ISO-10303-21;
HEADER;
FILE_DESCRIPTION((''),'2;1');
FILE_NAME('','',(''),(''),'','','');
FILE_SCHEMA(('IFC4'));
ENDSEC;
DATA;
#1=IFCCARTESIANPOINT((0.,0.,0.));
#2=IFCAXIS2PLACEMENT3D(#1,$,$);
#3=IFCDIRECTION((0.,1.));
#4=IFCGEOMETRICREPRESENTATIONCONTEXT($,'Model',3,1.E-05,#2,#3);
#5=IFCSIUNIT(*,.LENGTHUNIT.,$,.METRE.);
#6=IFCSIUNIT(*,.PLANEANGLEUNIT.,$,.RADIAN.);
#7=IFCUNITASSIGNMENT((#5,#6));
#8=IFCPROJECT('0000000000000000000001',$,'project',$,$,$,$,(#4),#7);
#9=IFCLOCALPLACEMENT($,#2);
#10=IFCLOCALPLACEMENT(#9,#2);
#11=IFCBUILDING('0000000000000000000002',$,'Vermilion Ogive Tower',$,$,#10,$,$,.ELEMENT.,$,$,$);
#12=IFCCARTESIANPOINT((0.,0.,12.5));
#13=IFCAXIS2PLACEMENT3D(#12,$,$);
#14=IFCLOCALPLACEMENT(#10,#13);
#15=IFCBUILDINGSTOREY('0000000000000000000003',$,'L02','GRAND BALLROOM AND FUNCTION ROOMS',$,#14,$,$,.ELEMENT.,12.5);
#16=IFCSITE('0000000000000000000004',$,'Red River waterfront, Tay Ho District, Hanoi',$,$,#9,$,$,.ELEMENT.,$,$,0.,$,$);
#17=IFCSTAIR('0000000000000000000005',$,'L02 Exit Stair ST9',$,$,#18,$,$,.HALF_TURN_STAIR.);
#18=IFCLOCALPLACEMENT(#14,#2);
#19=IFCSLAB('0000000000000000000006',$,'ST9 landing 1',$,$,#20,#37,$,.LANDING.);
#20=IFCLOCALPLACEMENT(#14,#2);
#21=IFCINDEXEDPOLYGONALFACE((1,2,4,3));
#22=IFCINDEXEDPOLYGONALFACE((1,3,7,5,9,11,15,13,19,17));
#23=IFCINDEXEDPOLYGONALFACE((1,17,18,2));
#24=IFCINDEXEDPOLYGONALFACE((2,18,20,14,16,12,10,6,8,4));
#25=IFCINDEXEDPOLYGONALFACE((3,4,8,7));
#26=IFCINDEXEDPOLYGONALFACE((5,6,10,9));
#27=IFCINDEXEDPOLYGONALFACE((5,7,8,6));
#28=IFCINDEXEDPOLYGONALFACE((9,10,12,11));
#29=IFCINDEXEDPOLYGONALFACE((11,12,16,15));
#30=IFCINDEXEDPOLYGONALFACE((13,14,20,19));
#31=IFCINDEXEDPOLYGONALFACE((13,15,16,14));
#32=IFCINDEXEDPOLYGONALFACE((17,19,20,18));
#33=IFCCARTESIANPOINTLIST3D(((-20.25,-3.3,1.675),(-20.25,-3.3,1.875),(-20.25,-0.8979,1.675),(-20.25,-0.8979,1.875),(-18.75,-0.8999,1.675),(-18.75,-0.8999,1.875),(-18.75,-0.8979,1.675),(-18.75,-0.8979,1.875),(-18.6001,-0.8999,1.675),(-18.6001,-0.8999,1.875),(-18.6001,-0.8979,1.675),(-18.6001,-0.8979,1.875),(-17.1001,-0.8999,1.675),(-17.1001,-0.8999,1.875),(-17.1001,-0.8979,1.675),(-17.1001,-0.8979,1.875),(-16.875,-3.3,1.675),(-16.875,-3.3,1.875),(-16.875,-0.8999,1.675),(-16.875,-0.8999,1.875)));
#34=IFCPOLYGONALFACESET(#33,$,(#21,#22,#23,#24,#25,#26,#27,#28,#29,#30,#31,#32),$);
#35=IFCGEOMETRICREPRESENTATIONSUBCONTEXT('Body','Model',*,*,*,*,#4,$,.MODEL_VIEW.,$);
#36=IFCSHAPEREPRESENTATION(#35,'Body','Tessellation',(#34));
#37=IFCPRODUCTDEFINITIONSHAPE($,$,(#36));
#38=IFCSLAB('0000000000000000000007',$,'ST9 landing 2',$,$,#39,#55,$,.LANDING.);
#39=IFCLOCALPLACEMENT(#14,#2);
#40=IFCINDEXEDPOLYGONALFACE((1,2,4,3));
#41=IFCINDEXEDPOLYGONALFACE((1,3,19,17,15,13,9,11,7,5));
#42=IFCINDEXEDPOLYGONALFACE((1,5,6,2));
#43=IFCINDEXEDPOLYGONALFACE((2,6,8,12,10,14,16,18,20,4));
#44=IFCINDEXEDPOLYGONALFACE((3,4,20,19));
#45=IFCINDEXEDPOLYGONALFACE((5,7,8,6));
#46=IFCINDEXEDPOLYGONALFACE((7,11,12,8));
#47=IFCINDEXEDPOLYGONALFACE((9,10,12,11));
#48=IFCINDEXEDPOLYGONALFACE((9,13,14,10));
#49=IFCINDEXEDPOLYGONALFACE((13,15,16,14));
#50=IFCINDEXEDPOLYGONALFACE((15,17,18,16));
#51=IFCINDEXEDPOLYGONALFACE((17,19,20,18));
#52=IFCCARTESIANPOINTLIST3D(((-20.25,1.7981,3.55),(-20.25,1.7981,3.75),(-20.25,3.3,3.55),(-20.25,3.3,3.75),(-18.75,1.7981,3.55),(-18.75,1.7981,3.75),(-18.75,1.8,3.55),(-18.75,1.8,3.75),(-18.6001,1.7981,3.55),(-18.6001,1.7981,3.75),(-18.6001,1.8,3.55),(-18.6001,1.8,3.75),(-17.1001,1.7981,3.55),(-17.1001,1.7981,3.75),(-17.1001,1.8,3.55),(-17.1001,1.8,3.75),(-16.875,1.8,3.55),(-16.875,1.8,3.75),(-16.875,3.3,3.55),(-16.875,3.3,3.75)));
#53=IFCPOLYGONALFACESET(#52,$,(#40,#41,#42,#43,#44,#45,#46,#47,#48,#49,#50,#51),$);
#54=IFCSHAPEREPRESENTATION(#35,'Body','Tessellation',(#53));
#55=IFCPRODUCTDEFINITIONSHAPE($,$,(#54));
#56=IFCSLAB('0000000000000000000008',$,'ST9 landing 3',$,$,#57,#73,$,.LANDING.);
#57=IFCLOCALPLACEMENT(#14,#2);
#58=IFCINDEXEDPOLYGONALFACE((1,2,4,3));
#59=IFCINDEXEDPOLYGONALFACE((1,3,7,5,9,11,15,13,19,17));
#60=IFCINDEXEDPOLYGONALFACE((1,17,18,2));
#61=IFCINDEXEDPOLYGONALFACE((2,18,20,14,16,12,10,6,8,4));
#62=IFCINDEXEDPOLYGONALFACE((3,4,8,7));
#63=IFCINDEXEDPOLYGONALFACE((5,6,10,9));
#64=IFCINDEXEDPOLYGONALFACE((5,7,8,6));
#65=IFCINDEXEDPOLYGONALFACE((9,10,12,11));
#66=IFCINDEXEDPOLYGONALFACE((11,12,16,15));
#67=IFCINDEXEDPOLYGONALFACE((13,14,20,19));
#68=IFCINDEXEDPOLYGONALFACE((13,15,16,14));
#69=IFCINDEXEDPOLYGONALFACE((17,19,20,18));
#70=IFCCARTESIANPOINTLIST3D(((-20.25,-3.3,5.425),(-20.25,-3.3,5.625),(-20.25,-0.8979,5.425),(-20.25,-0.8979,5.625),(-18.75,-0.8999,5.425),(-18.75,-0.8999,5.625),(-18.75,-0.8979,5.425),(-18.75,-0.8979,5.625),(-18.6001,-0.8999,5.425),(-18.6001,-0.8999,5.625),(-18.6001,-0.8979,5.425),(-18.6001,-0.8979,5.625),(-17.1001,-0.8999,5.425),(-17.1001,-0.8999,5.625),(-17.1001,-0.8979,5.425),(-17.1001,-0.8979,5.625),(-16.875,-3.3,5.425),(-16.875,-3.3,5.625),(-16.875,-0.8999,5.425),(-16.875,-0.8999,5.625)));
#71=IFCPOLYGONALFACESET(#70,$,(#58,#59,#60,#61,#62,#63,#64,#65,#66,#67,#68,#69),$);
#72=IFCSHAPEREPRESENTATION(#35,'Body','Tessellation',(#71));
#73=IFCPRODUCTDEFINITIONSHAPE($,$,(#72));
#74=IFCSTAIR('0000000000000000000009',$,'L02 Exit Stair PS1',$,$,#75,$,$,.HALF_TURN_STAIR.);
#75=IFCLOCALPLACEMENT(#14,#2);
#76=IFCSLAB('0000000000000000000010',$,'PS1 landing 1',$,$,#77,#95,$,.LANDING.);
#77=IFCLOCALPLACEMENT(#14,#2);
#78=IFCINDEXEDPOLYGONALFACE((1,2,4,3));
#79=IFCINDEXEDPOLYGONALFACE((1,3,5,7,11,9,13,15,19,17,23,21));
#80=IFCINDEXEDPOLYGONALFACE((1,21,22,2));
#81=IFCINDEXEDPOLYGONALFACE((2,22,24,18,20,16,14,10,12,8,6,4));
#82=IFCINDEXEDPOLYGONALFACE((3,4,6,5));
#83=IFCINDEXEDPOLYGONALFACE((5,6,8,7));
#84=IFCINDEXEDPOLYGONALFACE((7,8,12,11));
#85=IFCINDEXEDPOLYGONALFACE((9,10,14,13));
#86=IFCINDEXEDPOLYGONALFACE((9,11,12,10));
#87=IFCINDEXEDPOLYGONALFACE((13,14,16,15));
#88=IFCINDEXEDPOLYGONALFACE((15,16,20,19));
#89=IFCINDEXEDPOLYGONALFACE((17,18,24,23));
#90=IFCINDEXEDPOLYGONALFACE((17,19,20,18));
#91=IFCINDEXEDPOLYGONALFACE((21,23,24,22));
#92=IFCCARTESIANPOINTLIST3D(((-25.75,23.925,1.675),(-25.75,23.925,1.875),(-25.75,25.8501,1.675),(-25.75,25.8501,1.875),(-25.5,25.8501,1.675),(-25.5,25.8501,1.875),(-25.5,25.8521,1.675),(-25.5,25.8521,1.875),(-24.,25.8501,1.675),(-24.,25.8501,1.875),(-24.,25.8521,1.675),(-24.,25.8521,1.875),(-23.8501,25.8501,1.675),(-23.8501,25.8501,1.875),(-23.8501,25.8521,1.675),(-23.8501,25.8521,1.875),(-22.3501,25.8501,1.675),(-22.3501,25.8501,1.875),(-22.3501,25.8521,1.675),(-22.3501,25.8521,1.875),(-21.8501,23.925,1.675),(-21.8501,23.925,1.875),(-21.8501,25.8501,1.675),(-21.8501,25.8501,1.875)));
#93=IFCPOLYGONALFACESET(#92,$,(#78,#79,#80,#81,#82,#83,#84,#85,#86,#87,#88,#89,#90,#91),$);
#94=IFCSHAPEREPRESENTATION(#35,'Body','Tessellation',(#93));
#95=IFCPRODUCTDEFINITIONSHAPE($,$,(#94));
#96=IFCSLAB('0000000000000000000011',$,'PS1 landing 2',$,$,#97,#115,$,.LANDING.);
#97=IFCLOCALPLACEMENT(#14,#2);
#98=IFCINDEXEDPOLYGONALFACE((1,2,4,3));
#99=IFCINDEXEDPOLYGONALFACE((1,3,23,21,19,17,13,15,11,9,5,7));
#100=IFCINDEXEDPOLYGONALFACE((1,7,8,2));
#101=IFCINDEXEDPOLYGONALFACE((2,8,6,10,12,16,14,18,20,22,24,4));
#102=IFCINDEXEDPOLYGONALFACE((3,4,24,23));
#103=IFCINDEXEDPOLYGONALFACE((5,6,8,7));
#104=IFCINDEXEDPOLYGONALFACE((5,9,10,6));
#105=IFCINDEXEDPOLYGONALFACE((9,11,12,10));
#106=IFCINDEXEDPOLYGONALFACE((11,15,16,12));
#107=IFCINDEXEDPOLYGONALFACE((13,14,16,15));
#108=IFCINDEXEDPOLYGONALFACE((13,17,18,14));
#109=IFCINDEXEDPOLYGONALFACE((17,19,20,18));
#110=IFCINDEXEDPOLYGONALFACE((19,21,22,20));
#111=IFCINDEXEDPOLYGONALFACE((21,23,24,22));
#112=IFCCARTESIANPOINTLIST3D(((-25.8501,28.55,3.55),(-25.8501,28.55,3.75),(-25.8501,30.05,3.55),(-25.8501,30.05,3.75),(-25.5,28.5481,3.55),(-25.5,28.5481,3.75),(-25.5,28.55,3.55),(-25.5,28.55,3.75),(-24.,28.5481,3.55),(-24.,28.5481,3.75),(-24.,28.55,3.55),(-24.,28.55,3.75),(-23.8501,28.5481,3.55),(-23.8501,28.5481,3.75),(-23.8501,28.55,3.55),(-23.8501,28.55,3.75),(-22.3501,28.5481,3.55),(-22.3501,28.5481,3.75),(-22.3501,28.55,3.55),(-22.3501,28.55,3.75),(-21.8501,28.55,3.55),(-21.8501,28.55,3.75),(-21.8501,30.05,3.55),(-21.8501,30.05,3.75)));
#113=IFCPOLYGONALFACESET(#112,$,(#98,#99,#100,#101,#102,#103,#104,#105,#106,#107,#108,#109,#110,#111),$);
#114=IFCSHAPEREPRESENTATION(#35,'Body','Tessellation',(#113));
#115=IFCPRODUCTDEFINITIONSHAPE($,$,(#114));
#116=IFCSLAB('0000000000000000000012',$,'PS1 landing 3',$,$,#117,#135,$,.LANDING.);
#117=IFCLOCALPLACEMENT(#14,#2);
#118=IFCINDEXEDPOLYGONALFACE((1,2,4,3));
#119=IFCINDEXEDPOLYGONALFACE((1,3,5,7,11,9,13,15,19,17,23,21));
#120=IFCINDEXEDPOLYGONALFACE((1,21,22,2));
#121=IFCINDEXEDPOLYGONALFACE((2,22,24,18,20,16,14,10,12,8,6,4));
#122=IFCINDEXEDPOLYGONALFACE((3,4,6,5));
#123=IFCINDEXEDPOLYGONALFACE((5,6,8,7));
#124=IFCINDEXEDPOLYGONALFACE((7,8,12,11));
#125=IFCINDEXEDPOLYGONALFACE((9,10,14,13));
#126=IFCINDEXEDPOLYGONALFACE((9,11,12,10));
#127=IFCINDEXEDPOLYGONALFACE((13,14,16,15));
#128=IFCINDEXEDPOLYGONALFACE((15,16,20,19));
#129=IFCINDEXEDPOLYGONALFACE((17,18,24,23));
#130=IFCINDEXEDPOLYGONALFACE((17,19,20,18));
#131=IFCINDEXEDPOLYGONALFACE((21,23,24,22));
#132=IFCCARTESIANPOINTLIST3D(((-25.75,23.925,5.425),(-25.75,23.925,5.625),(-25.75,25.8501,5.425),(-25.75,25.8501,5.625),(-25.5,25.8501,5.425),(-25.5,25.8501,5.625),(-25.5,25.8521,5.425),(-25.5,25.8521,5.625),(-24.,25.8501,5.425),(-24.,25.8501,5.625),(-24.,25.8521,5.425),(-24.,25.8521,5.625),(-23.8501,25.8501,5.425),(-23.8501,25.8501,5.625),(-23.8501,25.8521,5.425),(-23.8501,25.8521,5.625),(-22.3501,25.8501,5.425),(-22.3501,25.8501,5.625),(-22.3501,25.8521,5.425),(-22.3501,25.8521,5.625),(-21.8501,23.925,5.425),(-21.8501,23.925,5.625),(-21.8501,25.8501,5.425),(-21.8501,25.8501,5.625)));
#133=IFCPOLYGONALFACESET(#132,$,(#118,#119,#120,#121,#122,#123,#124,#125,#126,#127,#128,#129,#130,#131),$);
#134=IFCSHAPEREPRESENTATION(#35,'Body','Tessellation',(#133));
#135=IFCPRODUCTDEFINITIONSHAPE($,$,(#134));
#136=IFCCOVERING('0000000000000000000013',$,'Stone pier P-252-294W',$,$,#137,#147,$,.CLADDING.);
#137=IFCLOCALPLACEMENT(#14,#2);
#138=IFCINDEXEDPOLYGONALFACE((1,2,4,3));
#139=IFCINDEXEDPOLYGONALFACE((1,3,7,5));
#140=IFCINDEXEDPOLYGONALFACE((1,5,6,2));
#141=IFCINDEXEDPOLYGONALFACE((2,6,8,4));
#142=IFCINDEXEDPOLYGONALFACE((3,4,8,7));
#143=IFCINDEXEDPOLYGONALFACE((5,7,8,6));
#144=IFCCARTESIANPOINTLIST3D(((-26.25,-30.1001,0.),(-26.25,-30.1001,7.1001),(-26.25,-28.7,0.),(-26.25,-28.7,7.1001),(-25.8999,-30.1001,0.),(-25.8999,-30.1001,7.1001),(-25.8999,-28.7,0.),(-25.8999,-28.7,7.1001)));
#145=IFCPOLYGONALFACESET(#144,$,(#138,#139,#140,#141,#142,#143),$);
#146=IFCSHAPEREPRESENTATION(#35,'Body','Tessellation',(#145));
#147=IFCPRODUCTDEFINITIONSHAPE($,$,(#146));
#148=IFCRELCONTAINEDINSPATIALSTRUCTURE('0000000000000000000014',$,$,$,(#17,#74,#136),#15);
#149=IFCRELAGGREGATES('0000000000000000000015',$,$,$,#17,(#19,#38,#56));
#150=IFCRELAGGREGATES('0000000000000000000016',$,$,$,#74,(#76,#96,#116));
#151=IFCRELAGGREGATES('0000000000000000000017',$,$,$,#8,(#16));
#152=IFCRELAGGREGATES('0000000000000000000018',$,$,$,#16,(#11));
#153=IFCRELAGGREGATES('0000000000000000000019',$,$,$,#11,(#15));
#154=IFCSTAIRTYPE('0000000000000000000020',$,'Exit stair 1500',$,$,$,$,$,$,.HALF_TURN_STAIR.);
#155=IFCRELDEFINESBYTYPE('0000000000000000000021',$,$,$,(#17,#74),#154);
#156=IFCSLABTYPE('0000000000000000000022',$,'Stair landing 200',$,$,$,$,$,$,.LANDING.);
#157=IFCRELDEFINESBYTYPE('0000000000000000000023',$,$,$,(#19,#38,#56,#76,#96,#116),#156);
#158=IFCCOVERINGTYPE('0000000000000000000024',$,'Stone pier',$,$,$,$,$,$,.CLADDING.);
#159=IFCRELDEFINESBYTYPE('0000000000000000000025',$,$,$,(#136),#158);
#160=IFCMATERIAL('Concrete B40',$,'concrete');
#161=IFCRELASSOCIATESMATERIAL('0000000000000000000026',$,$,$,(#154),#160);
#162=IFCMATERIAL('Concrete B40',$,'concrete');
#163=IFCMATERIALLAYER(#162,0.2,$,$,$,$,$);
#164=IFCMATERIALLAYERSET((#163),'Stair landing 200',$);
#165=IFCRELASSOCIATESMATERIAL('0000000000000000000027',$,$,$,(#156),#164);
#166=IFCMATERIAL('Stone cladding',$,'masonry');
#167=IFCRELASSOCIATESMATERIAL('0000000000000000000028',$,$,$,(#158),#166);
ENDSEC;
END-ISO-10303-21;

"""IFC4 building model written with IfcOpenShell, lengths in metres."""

from ifc_helpers import new_model, si_unit, direction, frame, origin, place, context, subcontext, project, spatial, polyline, outline, extrude, material, layer, layer_set, type_object, element, aggregate, save


model = new_model("IFC4")

# Units and contexts
model_context = context("Model", 3, precision=1e-05, world=origin(), true_north=direction((0.0, 1.0)))
body_context = subcontext(model_context, "Body", "Model", "MODEL_VIEW")
ifc_project = project(units=[si_unit("LENGTHUNIT", "METRE"), si_unit("PLANEANGLEUNIT", "RADIAN")], contexts=[model_context])

# Site, building, storey
site_placement = place(None, origin())
site = spatial("IfcSite", under=ifc_project, at=site_placement, Name="Red River waterfront, Tay Ho District, Hanoi", CompositionType="ELEMENT", RefElevation=0.0)
building_placement = place(site_placement, origin())
building = spatial("IfcBuilding", under=site, at=building_placement, Name="Vermilion Ogive Tower", CompositionType="ELEMENT")
storey_placement = place(building_placement, frame((0.0, 0.0, 12.5)))
storey = spatial("IfcBuildingStorey", under=building, at=storey_placement, Name="L02", Description="GRAND BALLROOM AND FUNCTION ROOMS", CompositionType="ELEMENT", Elevation=12.5)

# Stairs, slabs
ifc_material_1 = material(Name="Concrete B40", Category="concrete")
stair_type = type_object("IfcStairType", Name="Exit stair 1500", PredefinedType="HALF_TURN_STAIR", material=ifc_material_1)
ifc_material_2 = material(Name="Concrete B40", Category="concrete")
ifc_layer = layer(ifc_material_2, 0.2)
ifc_layer_set = layer_set([ifc_layer], Name="Stair landing 200")
slab_type = type_object("IfcSlabType", Name="Stair landing 200", PredefinedType="LANDING", material=ifc_layer_set)
stair_1_placement = place(storey_placement, origin())
stair_1 = element("IfcStair", 1, at=stair_1_placement, inside=storey, type_object=stair_type, Name="L02 Exit Stair ST9", PredefinedType="HALF_TURN_STAIR")
slab_1_placement = place(storey_placement, frame((0.0, 0.0, 1.675)))
slab_1 = element("IfcSlab", 2, at=slab_1_placement, type_object=slab_type, Name="ST9 landing 1", PredefinedType="LANDING", context=body_context, shape_type="SweptSolid", body=[
    extrude(outline(polyline([(-16.875, -0.8999), (-17.1001, -0.8999), (-17.1001, -0.8979), (-18.6001, -0.8979), (-18.6001, -0.8999), (-18.75, -0.8999), (-18.75, -0.8979), (-20.25, -0.8979), (-20.25, -3.3), (-16.875, -3.3), (-16.875, -0.8999)])), origin(), (0.0, 0.0, 1.0), 0.2),
])
slab_2_placement = place(storey_placement, frame((0.0, 0.0, 3.55)))
slab_2 = element("IfcSlab", 3, at=slab_2_placement, type_object=slab_type, Name="ST9 landing 2", PredefinedType="LANDING", context=body_context, shape_type="SweptSolid", body=[
    extrude(outline(polyline([(-20.25, 3.3), (-20.25, 1.7981), (-18.75, 1.7981), (-18.75, 1.8), (-18.6001, 1.8), (-18.6001, 1.7981), (-17.1001, 1.7981), (-17.1001, 1.8), (-16.875, 1.8), (-16.875, 3.3), (-20.25, 3.3)])), origin(), (0.0, 0.0, 1.0), 0.2),
])
slab_3_placement = place(storey_placement, frame((0.0, 0.0, 5.425)))
slab_3 = element("IfcSlab", 4, at=slab_3_placement, type_object=slab_type, Name="ST9 landing 3", PredefinedType="LANDING", context=body_context, shape_type="SweptSolid", body=[
    extrude(outline(polyline([(-16.875, -0.8999), (-17.1001, -0.8999), (-17.1001, -0.8979), (-18.6001, -0.8979), (-18.6001, -0.8999), (-18.75, -0.8999), (-18.75, -0.8979), (-20.25, -0.8979), (-20.25, -3.3), (-16.875, -3.3), (-16.875, -0.8999)])), origin(), (0.0, 0.0, 1.0), 0.2),
])
aggregate(stair_1, [slab_1, slab_2, slab_3])
stair_2_placement = place(storey_placement, origin())
stair_2 = element("IfcStair", 5, at=stair_2_placement, inside=storey, type_object=stair_type, Name="L02 Exit Stair PS1", PredefinedType="HALF_TURN_STAIR")
slab_4_placement = place(storey_placement, frame((0.0, 0.0, 1.675)))
slab_4 = element("IfcSlab", 6, at=slab_4_placement, type_object=slab_type, Name="PS1 landing 1", PredefinedType="LANDING", context=body_context, shape_type="SweptSolid", body=[
    extrude(outline(polyline([(-21.8501, 25.8501), (-22.3501, 25.8501), (-22.3501, 25.8521), (-23.8501, 25.8521), (-23.8501, 25.8501), (-24.0, 25.8501), (-24.0, 25.8521), (-25.5, 25.8521), (-25.5, 25.8501), (-25.75, 25.8501), (-25.75, 23.925), (-21.8501, 23.925), (-21.8501, 25.8501)])), origin(), (0.0, 0.0, 1.0), 0.2),
])
slab_5_placement = place(storey_placement, frame((0.0, 0.0, 3.55)))
slab_5 = element("IfcSlab", 7, at=slab_5_placement, type_object=slab_type, Name="PS1 landing 2", PredefinedType="LANDING", context=body_context, shape_type="SweptSolid", body=[
    extrude(outline(polyline([(-25.8501, 28.55), (-25.5, 28.55), (-25.5, 28.5481), (-24.0, 28.5481), (-24.0, 28.55), (-23.8501, 28.55), (-23.8501, 28.5481), (-22.3501, 28.5481), (-22.3501, 28.55), (-21.8501, 28.55), (-21.8501, 30.05), (-25.8501, 30.05), (-25.8501, 28.55)])), origin(), (0.0, 0.0, 1.0), 0.2),
])
slab_6_placement = place(storey_placement, frame((0.0, 0.0, 5.425)))
slab_6 = element("IfcSlab", 8, at=slab_6_placement, type_object=slab_type, Name="PS1 landing 3", PredefinedType="LANDING", context=body_context, shape_type="SweptSolid", body=[
    extrude(outline(polyline([(-21.8501, 25.8501), (-22.3501, 25.8501), (-22.3501, 25.8521), (-23.8501, 25.8521), (-23.8501, 25.8501), (-24.0, 25.8501), (-24.0, 25.8521), (-25.5, 25.8521), (-25.5, 25.8501), (-25.75, 25.8501), (-25.75, 23.925), (-21.8501, 23.925), (-21.8501, 25.8501)])), origin(), (0.0, 0.0, 1.0), 0.2),
])
aggregate(stair_2, [slab_4, slab_5, slab_6])

# Covering
ifc_material_3 = material(Name="Stone cladding", Category="masonry")
covering_type = type_object("IfcCoveringType", Name="Stone pier", PredefinedType="CLADDING", material=ifc_material_3)
covering_placement = place(storey_placement, origin())
element("IfcCovering", 9, at=covering_placement, inside=storey, type_object=covering_type, Name="Stone pier P-252-294W", PredefinedType="CLADDING", context=body_context, shape_type="SweptSolid", body=[
    extrude(outline(polyline([(-25.8999, -30.1001), (-26.25, -30.1001), (-26.25, -28.7), (-25.8999, -28.7), (-25.8999, -28.7), (-25.8999, -30.1001), (-25.8999, -30.1001)])), origin(), (0.0, 0.0, 1.0), 7.1001),
])

save(model, "model.ifc")
